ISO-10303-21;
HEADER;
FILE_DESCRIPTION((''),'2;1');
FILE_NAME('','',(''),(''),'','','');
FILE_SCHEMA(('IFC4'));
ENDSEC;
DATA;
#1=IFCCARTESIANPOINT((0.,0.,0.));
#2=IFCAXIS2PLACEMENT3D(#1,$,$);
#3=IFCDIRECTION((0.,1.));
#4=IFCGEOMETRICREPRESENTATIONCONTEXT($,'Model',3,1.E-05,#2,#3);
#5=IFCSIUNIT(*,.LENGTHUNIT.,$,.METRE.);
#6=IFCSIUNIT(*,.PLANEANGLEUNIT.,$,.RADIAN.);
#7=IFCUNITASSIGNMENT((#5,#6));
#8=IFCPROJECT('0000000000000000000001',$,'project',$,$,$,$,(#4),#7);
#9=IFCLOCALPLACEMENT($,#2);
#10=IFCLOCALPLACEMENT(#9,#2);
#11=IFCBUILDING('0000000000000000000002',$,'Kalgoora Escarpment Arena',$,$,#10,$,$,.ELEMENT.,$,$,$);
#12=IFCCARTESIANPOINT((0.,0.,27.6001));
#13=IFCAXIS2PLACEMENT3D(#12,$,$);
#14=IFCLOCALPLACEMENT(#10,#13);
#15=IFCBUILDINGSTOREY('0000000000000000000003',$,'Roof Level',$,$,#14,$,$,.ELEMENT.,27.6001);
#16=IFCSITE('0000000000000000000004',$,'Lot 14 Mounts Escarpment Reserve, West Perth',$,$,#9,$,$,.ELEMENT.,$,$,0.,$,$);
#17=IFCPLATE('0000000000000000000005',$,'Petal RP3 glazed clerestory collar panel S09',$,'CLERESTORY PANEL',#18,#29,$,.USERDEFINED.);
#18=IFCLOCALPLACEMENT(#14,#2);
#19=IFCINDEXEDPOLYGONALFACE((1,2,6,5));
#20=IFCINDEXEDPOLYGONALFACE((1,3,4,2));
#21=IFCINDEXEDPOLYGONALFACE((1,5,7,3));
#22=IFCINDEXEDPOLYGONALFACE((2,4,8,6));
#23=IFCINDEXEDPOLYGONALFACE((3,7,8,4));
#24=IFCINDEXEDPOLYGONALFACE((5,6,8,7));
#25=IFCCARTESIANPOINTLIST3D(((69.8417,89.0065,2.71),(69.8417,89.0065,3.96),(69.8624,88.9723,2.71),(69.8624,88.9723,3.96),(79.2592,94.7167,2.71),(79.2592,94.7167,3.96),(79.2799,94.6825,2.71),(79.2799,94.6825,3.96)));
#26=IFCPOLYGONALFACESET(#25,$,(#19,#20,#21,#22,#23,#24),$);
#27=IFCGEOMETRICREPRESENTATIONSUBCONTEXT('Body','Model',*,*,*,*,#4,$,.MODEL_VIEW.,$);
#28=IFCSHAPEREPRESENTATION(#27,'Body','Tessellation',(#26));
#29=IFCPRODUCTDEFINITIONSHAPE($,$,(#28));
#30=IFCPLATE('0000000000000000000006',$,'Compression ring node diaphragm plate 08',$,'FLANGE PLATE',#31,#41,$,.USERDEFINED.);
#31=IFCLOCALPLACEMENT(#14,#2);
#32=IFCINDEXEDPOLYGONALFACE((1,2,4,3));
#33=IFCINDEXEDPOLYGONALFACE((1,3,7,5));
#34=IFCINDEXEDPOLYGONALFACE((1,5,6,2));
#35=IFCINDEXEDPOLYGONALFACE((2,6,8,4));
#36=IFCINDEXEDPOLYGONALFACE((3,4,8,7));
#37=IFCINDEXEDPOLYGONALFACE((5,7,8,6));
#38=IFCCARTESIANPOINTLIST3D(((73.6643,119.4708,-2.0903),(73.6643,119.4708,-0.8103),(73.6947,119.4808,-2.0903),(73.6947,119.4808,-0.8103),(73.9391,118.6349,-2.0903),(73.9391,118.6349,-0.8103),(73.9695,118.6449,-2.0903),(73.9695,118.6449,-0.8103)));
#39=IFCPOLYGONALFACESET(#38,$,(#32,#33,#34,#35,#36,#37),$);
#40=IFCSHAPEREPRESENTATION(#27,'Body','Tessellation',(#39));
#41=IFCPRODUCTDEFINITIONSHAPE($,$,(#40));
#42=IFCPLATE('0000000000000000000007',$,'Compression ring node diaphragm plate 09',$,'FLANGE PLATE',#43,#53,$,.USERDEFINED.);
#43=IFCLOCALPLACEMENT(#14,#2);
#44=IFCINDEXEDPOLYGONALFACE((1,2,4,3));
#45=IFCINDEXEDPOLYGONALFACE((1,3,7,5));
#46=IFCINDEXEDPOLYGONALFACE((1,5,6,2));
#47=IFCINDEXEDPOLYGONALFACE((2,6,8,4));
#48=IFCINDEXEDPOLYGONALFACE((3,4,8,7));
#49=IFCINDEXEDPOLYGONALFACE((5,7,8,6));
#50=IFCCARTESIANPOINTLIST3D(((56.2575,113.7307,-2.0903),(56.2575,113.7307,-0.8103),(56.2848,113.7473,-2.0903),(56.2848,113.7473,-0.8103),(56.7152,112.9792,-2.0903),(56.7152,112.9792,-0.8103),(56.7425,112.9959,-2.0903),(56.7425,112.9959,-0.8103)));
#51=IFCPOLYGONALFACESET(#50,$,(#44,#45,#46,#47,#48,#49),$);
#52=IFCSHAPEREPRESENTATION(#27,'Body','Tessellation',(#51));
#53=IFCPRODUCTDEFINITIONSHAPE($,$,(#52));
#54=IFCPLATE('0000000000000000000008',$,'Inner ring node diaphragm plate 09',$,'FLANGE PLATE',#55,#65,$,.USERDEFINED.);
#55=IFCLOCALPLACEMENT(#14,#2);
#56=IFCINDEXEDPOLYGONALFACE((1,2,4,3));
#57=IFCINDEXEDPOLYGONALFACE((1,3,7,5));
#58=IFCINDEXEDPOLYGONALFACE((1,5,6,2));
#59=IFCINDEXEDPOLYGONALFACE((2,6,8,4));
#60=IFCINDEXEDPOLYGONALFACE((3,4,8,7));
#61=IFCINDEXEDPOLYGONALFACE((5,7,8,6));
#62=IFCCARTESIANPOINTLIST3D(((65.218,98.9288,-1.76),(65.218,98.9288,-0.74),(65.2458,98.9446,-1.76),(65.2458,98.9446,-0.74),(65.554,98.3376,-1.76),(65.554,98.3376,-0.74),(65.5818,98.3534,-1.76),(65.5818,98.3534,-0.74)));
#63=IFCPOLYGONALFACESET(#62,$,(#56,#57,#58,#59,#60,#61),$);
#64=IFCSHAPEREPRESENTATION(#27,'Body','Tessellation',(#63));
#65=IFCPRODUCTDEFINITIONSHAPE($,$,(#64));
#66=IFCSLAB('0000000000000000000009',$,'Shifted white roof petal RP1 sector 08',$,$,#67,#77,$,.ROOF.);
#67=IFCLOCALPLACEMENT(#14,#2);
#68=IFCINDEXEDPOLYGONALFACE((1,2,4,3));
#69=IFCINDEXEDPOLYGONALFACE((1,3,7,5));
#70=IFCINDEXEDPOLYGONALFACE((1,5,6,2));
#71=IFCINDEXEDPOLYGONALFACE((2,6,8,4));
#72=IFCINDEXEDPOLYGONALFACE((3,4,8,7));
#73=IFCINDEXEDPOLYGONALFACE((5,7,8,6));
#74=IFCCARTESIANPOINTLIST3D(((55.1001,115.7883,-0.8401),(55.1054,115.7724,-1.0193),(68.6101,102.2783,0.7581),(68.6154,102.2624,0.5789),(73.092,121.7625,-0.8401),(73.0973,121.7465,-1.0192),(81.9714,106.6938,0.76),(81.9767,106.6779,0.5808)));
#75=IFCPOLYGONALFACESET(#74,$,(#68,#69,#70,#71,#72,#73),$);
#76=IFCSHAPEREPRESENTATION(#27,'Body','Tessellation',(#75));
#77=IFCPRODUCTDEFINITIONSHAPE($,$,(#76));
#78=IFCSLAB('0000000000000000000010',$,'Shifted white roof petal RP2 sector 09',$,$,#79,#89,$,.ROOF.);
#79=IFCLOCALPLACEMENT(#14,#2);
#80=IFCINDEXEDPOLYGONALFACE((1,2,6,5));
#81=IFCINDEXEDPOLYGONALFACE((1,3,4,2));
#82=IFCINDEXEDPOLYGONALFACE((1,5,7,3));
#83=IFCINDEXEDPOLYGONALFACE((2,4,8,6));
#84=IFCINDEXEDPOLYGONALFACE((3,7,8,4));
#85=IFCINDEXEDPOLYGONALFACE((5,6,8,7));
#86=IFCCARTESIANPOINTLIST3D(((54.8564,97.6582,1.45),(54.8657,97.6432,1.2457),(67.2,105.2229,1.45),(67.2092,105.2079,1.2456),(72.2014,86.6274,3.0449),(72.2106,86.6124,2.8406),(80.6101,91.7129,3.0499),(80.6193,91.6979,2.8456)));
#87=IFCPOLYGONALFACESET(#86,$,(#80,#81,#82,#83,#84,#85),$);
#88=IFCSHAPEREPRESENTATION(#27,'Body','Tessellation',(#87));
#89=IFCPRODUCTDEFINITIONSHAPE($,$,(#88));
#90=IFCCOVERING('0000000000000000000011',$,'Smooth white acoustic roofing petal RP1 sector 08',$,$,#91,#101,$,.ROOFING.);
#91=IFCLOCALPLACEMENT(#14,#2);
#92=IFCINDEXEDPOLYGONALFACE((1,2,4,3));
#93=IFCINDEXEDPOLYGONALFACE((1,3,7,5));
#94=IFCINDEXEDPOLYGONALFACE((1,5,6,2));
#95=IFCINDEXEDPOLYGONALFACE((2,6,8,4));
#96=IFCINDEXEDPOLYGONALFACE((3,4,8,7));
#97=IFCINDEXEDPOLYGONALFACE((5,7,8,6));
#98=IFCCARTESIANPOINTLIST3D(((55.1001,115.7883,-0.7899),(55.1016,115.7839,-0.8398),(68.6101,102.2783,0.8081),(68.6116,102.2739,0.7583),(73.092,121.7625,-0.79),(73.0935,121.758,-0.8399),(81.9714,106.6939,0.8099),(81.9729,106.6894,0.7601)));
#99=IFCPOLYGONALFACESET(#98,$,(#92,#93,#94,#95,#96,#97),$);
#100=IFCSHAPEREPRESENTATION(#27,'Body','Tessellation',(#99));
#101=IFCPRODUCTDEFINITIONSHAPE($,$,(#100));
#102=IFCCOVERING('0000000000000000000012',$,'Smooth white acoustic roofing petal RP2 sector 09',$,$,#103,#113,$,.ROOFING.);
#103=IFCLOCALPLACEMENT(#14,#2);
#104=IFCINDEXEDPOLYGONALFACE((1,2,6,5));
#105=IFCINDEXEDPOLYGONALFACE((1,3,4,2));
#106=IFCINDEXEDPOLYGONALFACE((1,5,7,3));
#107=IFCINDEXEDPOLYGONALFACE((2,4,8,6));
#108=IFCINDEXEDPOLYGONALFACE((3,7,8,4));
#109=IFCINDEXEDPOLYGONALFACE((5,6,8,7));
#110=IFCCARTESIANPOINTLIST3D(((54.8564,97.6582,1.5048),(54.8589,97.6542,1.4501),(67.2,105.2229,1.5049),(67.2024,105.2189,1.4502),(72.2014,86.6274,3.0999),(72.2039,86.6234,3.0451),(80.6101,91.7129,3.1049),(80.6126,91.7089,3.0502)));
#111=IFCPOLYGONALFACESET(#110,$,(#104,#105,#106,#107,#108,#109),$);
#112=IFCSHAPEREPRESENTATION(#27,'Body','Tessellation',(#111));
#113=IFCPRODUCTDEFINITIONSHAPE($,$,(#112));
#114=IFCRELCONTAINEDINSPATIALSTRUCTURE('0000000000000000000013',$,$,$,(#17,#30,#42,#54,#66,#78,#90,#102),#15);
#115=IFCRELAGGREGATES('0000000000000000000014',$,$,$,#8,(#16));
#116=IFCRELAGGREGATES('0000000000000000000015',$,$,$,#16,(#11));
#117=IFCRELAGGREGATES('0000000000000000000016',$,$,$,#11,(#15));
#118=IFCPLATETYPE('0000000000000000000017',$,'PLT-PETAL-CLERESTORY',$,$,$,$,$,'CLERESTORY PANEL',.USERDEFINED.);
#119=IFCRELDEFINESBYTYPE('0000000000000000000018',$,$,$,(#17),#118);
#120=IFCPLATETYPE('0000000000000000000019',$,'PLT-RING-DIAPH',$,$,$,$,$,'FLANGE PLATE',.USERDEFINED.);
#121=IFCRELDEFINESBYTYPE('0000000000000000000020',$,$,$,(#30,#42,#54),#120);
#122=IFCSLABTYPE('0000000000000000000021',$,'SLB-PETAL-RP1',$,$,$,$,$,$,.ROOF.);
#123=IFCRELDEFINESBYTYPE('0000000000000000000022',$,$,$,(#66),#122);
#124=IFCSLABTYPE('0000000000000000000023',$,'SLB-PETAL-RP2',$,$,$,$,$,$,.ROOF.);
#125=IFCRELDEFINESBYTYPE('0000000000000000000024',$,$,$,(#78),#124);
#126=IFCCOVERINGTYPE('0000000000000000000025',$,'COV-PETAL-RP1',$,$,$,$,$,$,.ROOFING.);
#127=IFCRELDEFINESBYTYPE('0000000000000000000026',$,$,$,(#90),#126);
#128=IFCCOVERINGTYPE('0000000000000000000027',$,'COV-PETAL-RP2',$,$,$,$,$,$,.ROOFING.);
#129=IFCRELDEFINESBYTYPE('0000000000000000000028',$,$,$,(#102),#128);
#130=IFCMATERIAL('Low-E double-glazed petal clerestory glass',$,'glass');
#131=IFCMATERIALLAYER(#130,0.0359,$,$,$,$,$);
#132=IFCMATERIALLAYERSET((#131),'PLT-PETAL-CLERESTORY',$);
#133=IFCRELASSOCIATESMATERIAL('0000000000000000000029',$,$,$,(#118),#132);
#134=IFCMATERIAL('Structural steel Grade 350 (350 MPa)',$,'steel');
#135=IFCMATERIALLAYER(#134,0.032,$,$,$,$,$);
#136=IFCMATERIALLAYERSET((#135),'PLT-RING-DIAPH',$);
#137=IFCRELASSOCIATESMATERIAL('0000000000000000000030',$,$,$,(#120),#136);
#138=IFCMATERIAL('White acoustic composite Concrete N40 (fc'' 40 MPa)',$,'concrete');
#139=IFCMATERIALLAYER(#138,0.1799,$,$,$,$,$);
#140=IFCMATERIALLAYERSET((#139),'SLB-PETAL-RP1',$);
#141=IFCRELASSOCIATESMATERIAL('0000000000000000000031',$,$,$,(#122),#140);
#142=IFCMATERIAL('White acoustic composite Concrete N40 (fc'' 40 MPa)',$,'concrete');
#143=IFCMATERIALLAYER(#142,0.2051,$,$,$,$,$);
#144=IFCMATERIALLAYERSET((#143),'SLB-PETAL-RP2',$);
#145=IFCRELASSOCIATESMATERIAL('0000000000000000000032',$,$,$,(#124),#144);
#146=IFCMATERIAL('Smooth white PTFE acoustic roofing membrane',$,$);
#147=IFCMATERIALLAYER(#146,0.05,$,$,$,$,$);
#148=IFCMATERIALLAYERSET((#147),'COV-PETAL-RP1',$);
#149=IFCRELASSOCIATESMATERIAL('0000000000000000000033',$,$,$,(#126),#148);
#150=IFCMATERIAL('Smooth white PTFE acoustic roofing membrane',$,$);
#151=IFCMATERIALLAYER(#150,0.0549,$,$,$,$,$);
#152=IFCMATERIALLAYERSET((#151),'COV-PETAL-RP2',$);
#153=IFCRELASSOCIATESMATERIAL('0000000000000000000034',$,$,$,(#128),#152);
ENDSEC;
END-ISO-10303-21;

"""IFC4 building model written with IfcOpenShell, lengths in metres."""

from ifc_helpers import new_model, si_unit, direction, frame, origin, origin_2d, place, context, subcontext, project, spatial, polyline, rectangle, outline, extrude, material, layer, layer_set, type_object, element, save


model = new_model("IFC4")

# Units and contexts
model_context = context("Model", 3, precision=1e-05, world=origin(), true_north=direction((0.0, 1.0)))
body_context = subcontext(model_context, "Body", "Model", "MODEL_VIEW")
ifc_project = project(units=[si_unit("LENGTHUNIT", "METRE"), si_unit("PLANEANGLEUNIT", "RADIAN")], contexts=[model_context])

# Site, building, storey
site_placement = place(None, origin())
site = spatial("IfcSite", under=ifc_project, at=site_placement, Name="Lot 14 Mounts Escarpment Reserve, West Perth", CompositionType="ELEMENT", RefElevation=0.0)
building_placement = place(site_placement, origin())
building = spatial("IfcBuilding", under=site, at=building_placement, Name="Kalgoora Escarpment Arena", CompositionType="ELEMENT")
storey_placement = place(building_placement, frame((0.0, 0.0, 27.6001)))
storey = spatial("IfcBuildingStorey", under=building, at=storey_placement, Name="Roof Level", CompositionType="ELEMENT", Elevation=27.6001)

# Plates
ifc_material_1 = material(Name="Low-E double-glazed petal clerestory glass", Category="glass")
ifc_layer_1 = layer(ifc_material_1, 0.0359)
ifc_layer_set_1 = layer_set([ifc_layer_1], Name="PLT-PETAL-CLERESTORY")
plate_type_1 = type_object("IfcPlateType", Name="PLT-PETAL-CLERESTORY", ElementType="CLERESTORY PANEL", PredefinedType="USERDEFINED", material=ifc_layer_set_1)
plate_1_placement = place(storey_placement, frame((74.5608, 91.8445, 2.71), z_axis=(0.0, 0.0, 1.0), x_axis=(-0.855093, -0.518475, 0.0)))
element("IfcPlate", 1, at=plate_1_placement, inside=storey, type_object=plate_type_1, Name="Petal RP3 glazed clerestory collar panel S09", ObjectType="CLERESTORY PANEL", PredefinedType="USERDEFINED", context=body_context, shape_type="SweptSolid", body=[
    extrude(rectangle(XDim=11.0134, YDim=0.04, at=origin_2d()), origin(), (0.0, 0.0, 1.0), 1.25),
])
ifc_material_2 = material(Name="Structural steel Grade 350 (350 MPa)", Category="steel")
ifc_layer_2 = layer(ifc_material_2, 0.032)
ifc_layer_set_2 = layer_set([ifc_layer_2], Name="PLT-RING-DIAPH")
plate_type_2 = type_object("IfcPlateType", Name="PLT-RING-DIAPH", ElementType="FLANGE PLATE", PredefinedType="USERDEFINED", material=ifc_layer_set_2)
for number, where, z_axis, x_axis, name in (
    (2, (73.8169, 119.0579, -2.0903), (0.0, 0.0, 1.0), (-0.949972, -0.312335, 0.0), "Compression ring node diaphragm plate 08"),
    (3, (56.5, 113.3633, -2.0903), (0.0, 0.0, 1.0), (-0.854005, -0.520265, 0.0), "Compression ring node diaphragm plate 09"),
):
    element("IfcPlate", number, at=place(storey_placement, frame(where, z_axis=z_axis, x_axis=x_axis)), inside=storey, type_object=plate_type_2, Name=name, ObjectType="FLANGE PLATE", PredefinedType="USERDEFINED", context=body_context, shape_type="SweptSolid", body=[
        extrude(rectangle(XDim=0.032, YDim=0.8799, at=origin_2d()), origin(), (0.0, 0.0, 1.0), 1.28),
    ])
plate_2_placement = place(storey_placement, frame((65.3999, 98.6411, -1.76), z_axis=(0.0, 0.0, 1.0), x_axis=(-0.869409, -0.494094, 0.0)))
element("IfcPlate", 4, at=plate_2_placement, inside=storey, type_object=plate_type_2, Name="Inner ring node diaphragm plate 09", ObjectType="FLANGE PLATE", PredefinedType="USERDEFINED", context=body_context, shape_type="SweptSolid", body=[
    extrude(rectangle(XDim=0.032, YDim=0.6799, at=origin_2d()), origin(), (0.0, 0.0, 1.0), 1.02),
])

# Slabs
ifc_material_3 = material(Name="White acoustic composite Concrete N40 (fc' 40 MPa)", Category="concrete")
ifc_layer_3 = layer(ifc_material_3, 0.1799)
ifc_layer_set_3 = layer_set([ifc_layer_3], Name="SLB-PETAL-RP1")
slab_type_1 = type_object("IfcSlabType", Name="SLB-PETAL-RP1", PredefinedType="ROOF", material=ifc_layer_set_3)
slab_1_placement = place(storey_placement, frame((73.092, 121.7625, -0.8401), z_axis=(-0.029362, 0.08842, 0.99565), x_axis=(-0.94905, -0.315127, -0.000003)))
element("IfcSlab", 5, at=slab_1_placement, inside=storey, type_object=slab_type_1, Name="Shifted white roof petal RP1 sector 08", PredefinedType="ROOF", context=body_context, shape_type="SweptSolid", body=[
    extrude(outline(polyline([(0.0, 0.0), (18.9579, 0.0), (10.3935, 17.1536), (-3.6785, 17.1737), (0.0, 0.0)])), origin(), (0.0, 0.0, -1.0), 0.1799),
])
ifc_material_4 = material(Name="White acoustic composite Concrete N40 (fc' 40 MPa)", Category="concrete")
ifc_layer_4 = layer(ifc_material_4, 0.2051)
ifc_layer_set_4 = layer_set([ifc_layer_4], Name="SLB-PETAL-RP2")
slab_type_2 = type_object("IfcSlabType", Name="SLB-PETAL-RP2", PredefinedType="ROOF", material=ifc_layer_set_4)
slab_2_placement = place(storey_placement, frame((67.2, 105.2229, 1.45), z_axis=(-0.044955, 0.073363, 0.996292), x_axis=(-0.852622, -0.522528, 0.000004)))
element("IfcSlab", 6, at=slab_2_placement, inside=storey, type_object=slab_type_2, Name="Shifted white roof petal RP2 sector 09", PredefinedType="ROOF", context=body_context, shape_type="SweptSolid", body=[
    extrude(outline(polyline([(0.0, 0.0), (14.4771, 0.0), (5.4523, 18.537), (-4.3744, 18.5951), (0.0, 0.0)])), origin(), (0.0, 0.0, -1.0), 0.2051),
])

# Coverings
ifc_material_5 = material(Name="Smooth white PTFE acoustic roofing membrane")
ifc_layer_5 = layer(ifc_material_5, 0.05)
ifc_layer_set_5 = layer_set([ifc_layer_5], Name="COV-PETAL-RP1")
covering_type_1 = type_object("IfcCoveringType", Name="COV-PETAL-RP1", PredefinedType="ROOFING", material=ifc_layer_set_5)
covering_1_placement = place(storey_placement, frame((73.092, 121.7625, -0.79), z_axis=(-0.029354, 0.088418, 0.995651), x_axis=(-0.94905, -0.315126, 0.000005)))
element("IfcCovering", 7, at=covering_1_placement, inside=storey, type_object=covering_type_1, Name="Smooth white acoustic roofing petal RP1 sector 08", PredefinedType="ROOFING", context=body_context, shape_type="SweptSolid", body=[
    extrude(outline(polyline([(0.0, 0.0), (18.9579, 0.0), (10.3935, 17.1536), (-3.6785, 17.1737), (0.0, 0.0)])), origin(), (0.0, 0.0, -1.0), 0.05),
])
ifc_material_6 = material(Name="Smooth white PTFE acoustic roofing membrane")
ifc_layer_6 = layer(ifc_material_6, 0.0549)
ifc_layer_set_6 = layer_set([ifc_layer_6], Name="COV-PETAL-RP2")
covering_type_2 = type_object("IfcCoveringType", Name="COV-PETAL-RP2", PredefinedType="ROOFING", material=ifc_layer_set_6)
covering_2_placement = place(storey_placement, frame((67.2, 105.2229, 1.5049), z_axis=(-0.044965, 0.07336, 0.996291), x_axis=(-0.852622, -0.522528, -0.000005)))
element("IfcCovering", 8, at=covering_2_placement, inside=storey, type_object=covering_type_2, Name="Smooth white acoustic roofing petal RP2 sector 09", PredefinedType="ROOFING", context=body_context, shape_type="SweptSolid", body=[
    extrude(outline(polyline([(0.0, 0.0), (14.4771, 0.0), (5.4523, 18.537), (-4.3744, 18.5951), (0.0, 0.0)])), origin(), (0.0, 0.0, -1.0), 0.0549),
])

save(model, "model.ifc")
